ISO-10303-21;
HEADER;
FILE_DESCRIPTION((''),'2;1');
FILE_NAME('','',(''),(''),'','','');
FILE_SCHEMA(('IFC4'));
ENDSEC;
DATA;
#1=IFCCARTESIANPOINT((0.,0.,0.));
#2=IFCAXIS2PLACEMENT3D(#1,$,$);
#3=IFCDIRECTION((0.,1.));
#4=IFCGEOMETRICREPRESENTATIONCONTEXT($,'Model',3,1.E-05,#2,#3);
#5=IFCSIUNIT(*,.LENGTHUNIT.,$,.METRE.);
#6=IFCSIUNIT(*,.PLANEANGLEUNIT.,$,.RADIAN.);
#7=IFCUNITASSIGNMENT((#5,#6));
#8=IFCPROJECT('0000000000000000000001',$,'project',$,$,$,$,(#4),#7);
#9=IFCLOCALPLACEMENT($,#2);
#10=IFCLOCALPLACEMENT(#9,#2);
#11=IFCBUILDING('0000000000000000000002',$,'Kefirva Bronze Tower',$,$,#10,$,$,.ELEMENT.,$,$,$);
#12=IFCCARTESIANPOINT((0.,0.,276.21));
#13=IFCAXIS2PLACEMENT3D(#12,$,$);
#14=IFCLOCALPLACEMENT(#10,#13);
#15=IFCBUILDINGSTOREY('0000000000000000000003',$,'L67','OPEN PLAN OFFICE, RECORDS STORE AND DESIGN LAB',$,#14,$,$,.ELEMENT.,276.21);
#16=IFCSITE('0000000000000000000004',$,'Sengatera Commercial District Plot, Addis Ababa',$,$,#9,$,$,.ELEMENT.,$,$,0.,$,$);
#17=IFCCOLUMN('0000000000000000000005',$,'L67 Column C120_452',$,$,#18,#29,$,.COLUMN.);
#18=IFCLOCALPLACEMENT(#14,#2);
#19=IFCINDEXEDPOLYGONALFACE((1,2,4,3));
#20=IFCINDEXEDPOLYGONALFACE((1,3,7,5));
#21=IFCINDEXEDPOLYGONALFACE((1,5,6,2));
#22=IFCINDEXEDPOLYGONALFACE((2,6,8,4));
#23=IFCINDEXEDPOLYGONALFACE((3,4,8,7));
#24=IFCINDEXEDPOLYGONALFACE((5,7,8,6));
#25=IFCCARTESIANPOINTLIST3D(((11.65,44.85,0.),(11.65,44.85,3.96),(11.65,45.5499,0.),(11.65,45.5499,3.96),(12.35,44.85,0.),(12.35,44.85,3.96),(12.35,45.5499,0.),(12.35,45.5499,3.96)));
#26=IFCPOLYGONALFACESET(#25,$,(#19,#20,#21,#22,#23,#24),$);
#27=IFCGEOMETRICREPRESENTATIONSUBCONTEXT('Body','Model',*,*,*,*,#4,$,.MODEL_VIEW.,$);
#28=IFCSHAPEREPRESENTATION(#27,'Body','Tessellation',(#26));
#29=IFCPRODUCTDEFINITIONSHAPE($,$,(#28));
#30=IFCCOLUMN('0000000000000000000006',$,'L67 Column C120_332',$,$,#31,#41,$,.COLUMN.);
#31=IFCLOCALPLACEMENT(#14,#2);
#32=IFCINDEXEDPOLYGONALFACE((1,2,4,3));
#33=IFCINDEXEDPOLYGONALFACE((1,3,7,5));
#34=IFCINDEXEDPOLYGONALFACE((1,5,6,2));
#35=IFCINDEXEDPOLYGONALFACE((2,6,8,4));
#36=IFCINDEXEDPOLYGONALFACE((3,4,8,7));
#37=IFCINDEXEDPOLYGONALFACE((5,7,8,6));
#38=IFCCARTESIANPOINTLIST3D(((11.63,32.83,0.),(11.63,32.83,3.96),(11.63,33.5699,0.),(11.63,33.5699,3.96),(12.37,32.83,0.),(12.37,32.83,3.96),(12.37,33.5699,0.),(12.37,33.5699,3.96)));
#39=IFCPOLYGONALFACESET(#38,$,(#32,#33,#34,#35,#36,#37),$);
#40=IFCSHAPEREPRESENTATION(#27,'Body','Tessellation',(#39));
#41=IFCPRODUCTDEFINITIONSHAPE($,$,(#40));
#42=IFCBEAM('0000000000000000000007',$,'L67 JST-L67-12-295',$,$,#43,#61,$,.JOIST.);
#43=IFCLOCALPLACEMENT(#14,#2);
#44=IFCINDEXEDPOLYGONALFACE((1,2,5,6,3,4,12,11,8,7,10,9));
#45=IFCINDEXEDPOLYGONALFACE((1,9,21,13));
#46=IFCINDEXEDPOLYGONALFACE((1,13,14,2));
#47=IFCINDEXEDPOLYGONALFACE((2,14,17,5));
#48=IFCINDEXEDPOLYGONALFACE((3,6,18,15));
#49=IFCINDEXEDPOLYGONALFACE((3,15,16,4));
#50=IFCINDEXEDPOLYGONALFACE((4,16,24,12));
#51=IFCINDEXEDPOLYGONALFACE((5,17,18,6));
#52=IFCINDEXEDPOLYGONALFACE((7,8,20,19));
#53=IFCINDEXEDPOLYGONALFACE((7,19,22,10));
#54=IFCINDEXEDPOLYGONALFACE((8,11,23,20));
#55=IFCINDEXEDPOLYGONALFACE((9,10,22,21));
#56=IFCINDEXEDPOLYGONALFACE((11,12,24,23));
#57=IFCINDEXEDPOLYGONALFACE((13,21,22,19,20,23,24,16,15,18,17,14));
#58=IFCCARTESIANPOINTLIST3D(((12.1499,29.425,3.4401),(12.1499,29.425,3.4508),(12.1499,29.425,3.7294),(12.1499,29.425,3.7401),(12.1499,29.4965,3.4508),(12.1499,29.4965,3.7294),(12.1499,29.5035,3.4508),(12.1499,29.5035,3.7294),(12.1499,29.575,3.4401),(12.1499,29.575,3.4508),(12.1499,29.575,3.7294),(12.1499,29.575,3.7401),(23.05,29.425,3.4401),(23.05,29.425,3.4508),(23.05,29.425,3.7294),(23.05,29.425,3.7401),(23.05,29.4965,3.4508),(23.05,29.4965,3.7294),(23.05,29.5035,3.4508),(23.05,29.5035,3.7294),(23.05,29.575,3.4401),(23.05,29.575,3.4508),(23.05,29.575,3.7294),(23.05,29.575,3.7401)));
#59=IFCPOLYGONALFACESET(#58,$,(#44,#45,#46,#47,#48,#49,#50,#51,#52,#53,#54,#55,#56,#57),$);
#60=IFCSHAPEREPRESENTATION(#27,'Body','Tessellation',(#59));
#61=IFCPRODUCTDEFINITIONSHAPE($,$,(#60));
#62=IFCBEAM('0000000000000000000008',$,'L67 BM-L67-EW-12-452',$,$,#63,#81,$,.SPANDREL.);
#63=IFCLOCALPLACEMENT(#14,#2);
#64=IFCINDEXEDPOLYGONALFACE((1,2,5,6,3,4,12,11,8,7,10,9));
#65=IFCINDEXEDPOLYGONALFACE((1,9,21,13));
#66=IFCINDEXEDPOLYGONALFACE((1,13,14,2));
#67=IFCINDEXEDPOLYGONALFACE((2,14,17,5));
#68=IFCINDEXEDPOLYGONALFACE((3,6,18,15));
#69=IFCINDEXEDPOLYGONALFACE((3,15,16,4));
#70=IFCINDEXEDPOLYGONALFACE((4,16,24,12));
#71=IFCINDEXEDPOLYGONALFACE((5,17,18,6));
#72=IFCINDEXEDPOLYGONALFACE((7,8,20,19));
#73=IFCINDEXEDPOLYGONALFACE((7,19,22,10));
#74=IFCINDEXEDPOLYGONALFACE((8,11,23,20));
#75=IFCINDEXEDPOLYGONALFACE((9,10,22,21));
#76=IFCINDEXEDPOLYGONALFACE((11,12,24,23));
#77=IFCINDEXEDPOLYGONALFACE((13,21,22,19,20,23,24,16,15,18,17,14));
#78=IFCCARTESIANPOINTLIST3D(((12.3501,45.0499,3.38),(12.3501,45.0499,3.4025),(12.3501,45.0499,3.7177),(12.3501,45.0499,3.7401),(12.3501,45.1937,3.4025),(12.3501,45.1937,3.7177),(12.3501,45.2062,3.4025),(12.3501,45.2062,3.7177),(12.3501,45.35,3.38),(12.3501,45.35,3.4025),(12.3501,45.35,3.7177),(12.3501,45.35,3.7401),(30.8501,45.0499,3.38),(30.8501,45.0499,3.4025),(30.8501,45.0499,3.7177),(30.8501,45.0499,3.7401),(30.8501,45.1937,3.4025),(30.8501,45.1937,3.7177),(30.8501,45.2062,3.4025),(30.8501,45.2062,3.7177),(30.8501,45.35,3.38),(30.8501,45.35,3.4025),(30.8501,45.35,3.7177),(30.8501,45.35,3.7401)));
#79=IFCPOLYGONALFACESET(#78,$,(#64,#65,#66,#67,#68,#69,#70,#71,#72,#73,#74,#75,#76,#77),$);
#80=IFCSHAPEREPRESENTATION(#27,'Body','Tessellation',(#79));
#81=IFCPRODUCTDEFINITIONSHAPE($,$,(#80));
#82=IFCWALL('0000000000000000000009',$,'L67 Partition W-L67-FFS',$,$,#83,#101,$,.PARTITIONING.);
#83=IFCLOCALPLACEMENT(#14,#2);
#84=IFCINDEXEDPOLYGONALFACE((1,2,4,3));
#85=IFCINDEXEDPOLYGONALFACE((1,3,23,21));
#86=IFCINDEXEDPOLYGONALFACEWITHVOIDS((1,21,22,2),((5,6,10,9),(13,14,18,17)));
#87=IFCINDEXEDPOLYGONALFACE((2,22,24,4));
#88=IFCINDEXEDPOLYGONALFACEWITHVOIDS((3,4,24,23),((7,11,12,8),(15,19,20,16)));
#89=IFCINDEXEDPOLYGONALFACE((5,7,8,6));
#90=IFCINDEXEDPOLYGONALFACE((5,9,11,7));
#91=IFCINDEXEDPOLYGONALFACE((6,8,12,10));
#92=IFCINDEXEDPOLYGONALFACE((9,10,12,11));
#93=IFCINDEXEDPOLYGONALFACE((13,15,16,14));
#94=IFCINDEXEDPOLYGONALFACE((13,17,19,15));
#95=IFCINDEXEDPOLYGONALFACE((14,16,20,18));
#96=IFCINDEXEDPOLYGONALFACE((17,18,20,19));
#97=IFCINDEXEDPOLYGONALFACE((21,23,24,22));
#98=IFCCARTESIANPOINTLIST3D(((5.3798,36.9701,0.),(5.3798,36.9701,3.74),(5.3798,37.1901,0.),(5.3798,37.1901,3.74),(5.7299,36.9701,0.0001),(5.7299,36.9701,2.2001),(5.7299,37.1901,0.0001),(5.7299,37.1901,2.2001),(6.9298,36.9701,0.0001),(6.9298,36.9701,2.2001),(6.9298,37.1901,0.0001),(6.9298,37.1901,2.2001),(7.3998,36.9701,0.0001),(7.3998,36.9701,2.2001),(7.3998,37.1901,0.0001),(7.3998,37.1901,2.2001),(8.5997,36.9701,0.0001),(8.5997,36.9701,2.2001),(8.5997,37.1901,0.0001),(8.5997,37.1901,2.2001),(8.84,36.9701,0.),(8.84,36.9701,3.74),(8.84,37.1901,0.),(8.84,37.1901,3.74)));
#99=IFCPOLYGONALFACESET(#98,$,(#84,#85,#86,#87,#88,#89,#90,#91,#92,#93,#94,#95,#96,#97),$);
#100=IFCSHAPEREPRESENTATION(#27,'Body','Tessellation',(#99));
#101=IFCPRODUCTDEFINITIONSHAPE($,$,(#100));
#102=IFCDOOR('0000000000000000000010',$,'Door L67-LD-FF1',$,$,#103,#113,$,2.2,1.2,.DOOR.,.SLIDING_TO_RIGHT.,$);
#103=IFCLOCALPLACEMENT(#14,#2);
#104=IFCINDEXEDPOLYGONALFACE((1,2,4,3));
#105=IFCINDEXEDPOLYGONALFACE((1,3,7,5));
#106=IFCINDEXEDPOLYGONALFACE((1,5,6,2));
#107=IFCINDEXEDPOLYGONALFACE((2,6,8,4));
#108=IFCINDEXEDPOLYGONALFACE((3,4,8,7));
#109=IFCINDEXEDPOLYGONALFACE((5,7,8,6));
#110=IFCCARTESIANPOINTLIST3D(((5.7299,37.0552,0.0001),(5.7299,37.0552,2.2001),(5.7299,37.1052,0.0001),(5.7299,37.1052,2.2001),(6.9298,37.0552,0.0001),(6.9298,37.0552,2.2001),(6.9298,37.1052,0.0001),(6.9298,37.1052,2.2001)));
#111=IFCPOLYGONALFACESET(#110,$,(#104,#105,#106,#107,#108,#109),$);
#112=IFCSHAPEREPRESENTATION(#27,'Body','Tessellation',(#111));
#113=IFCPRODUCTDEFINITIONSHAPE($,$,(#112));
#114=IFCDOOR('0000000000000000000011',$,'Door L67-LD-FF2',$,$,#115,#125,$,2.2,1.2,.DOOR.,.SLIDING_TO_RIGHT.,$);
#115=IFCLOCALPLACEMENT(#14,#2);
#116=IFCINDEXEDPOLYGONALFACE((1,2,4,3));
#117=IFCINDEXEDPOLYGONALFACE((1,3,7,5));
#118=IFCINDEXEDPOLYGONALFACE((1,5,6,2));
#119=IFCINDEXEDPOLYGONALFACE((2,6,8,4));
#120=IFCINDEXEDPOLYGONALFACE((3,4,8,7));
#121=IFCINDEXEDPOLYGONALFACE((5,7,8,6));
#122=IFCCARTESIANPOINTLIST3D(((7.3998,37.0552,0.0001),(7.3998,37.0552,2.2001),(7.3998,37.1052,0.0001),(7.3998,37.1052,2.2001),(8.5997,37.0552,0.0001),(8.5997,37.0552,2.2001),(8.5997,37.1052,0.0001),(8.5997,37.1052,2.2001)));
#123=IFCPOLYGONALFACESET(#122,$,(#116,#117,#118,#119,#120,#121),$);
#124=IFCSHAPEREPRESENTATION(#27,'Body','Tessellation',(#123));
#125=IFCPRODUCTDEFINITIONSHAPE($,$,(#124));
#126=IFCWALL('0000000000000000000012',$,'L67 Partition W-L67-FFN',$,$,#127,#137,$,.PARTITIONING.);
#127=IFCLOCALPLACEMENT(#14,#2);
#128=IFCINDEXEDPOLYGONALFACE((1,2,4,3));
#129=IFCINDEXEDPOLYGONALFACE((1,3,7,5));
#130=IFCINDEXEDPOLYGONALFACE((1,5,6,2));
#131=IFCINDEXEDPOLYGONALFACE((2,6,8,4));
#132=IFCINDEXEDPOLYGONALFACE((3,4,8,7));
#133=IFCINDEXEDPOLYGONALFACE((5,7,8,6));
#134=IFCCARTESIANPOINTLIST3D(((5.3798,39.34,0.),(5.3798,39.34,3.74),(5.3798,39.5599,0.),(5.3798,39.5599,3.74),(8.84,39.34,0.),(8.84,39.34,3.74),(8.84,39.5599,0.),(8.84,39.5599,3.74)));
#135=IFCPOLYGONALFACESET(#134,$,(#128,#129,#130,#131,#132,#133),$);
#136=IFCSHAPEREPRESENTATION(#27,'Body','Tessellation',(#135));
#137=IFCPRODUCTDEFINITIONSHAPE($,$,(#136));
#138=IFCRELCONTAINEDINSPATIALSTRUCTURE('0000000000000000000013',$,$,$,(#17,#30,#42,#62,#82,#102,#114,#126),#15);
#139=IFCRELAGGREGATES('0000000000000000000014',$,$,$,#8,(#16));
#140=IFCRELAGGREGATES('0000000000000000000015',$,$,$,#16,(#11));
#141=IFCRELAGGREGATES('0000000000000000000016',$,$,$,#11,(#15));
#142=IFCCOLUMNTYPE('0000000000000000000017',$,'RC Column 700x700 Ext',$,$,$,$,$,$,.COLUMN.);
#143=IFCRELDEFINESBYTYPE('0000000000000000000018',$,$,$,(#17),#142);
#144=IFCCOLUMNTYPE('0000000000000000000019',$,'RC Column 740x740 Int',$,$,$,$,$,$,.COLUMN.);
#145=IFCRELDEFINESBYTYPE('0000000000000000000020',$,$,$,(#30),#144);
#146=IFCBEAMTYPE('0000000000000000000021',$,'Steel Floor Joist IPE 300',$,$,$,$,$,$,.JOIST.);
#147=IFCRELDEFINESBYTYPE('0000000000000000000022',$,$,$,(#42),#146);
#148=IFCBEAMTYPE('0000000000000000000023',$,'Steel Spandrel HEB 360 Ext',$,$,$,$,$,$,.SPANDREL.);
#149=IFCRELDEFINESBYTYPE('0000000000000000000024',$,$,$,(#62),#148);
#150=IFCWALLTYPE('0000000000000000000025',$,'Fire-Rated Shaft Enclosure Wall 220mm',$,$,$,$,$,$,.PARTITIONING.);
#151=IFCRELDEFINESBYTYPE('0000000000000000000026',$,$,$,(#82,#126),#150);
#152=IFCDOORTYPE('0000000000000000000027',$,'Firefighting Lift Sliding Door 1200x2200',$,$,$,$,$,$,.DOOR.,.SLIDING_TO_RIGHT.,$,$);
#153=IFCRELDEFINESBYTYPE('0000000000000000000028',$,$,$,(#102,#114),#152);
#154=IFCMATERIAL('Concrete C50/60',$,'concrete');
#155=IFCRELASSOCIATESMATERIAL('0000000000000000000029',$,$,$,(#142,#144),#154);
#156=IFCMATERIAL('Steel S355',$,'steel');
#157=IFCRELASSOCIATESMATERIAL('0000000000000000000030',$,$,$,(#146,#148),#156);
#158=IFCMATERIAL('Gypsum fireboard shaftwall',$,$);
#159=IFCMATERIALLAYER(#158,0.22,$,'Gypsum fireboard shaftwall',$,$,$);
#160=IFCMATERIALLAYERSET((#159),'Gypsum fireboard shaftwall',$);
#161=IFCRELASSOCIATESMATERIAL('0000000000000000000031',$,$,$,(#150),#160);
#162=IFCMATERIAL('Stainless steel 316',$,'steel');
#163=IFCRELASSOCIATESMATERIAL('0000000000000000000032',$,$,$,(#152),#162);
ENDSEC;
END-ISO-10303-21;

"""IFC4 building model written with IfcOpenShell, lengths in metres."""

from ifc_helpers import new_model, si_unit, direction, frame, frame_2d, origin, origin_2d, place, context, subcontext, project, spatial, rectangle, i_section, extrude, material, layer, layer_set, material_profile, profile_set, type_object, element, fill, save


model = new_model("IFC4")

# Units and contexts
model_context = context("Model", 3, precision=1e-05, world=origin(), true_north=direction((0.0, 1.0)))
body_context = subcontext(model_context, "Body", "Model", "MODEL_VIEW")
ifc_project = project(units=[si_unit("LENGTHUNIT", "METRE"), si_unit("PLANEANGLEUNIT", "RADIAN")], contexts=[model_context])

# Site, building, storey
site_placement = place(None, origin())
site = spatial("IfcSite", under=ifc_project, at=site_placement, Name="Sengatera Commercial District Plot, Addis Ababa", CompositionType="ELEMENT", RefElevation=0.0)
building_placement = place(site_placement, origin())
building = spatial("IfcBuilding", under=site, at=building_placement, Name="Kefirva Bronze Tower", CompositionType="ELEMENT")
storey_placement = place(building_placement, frame((0.0, 0.0, 276.21)))
storey = spatial("IfcBuildingStorey", under=building, at=storey_placement, Name="L67", Description="OPEN PLAN OFFICE, RECORDS STORE AND DESIGN LAB", CompositionType="ELEMENT", Elevation=276.21)

# Columns
ifc_material_1 = material(Name="Concrete C50/60", Category="concrete")
ifc_material_profile_1 = material_profile(ifc_material_1, rectangle(XDim=0.7, YDim=0.7, at=origin_2d()), Name="RC 700x700")
ifc_profile_set_1 = profile_set([ifc_material_profile_1], Name="Concrete C50/60")
column_type_1 = type_object("IfcColumnType", Name="RC Column 700x700 Ext", PredefinedType="COLUMN", material=ifc_profile_set_1)
column_1_placement = place(storey_placement, frame((12.0, 45.2, 0.0), z_axis=(0.0, 0.0, 1.0), x_axis=(1.0, 0.0, 0.0)))
element("IfcColumn", 1, at=column_1_placement, inside=storey, type_object=column_type_1, Name="L67 Column C120_452", PredefinedType="COLUMN", context=body_context, shape_type="SweptSolid", body=[
    extrude(rectangle(XDim=0.7, YDim=0.7, at=origin_2d()), origin(), (0.0, 0.0, 1.0), 3.96),
])
ifc_material_profile_2 = material_profile(ifc_material_1, rectangle(XDim=0.74, YDim=0.74, at=origin_2d()), Name="RC 740x740")
ifc_profile_set_2 = profile_set([ifc_material_profile_2], Name="Concrete C50/60")
column_type_2 = type_object("IfcColumnType", Name="RC Column 740x740 Int", PredefinedType="COLUMN", material=ifc_profile_set_2)
column_2_placement = place(storey_placement, frame((12.0, 33.2, 0.0), z_axis=(0.0, 0.0, 1.0), x_axis=(1.0, 0.0, 0.0)))
element("IfcColumn", 2, at=column_2_placement, inside=storey, type_object=column_type_2, Name="L67 Column C120_332", PredefinedType="COLUMN", context=body_context, shape_type="SweptSolid", body=[
    extrude(rectangle(XDim=0.74, YDim=0.74, at=origin_2d()), origin(), (0.0, 0.0, 1.0), 3.96),
])

# Beams
ifc_material_2 = material(Name="Steel S355", Category="steel")
ifc_material_profile_3 = material_profile(ifc_material_2, i_section(OverallWidth=0.1499, OverallDepth=0.3, WebThickness=0.0071, FlangeThickness=0.0107, at=origin_2d()), Name="IPE 300")
ifc_profile_set_3 = profile_set([ifc_material_profile_3], Name="Steel S355")
beam_type_1 = type_object("IfcBeamType", Name="Steel Floor Joist IPE 300", PredefinedType="JOIST", material=ifc_profile_set_3)
beam_1_placement = place(storey_placement, frame((12.1499, 29.5, 3.5901), z_axis=(1.0, 0.0, 0.0), x_axis=(0.0, 1.0, 0.0)))
element("IfcBeam", 3, at=beam_1_placement, inside=storey, type_object=beam_type_1, Name="L67 JST-L67-12-295", PredefinedType="JOIST", context=body_context, shape_type="SweptSolid", body=[
    extrude(i_section(OverallWidth=0.1499, OverallDepth=0.3, WebThickness=0.0071, FlangeThickness=0.0107, at=origin_2d()), origin(), (0.0, 0.0, 1.0), 10.9001),
])
ifc_material_profile_4 = material_profile(ifc_material_2, i_section(OverallWidth=0.3, OverallDepth=0.3601, WebThickness=0.0125, FlangeThickness=0.0225, at=origin_2d()), Name="HEB 360")
ifc_profile_set_4 = profile_set([ifc_material_profile_4], Name="Steel S355")
beam_type_2 = type_object("IfcBeamType", Name="Steel Spandrel HEB 360 Ext", PredefinedType="SPANDREL", material=ifc_profile_set_4)
beam_2_placement = place(storey_placement, frame((12.3501, 45.2, 3.5601), z_axis=(1.0, 0.0, 0.0), x_axis=(0.0, 1.0, 0.0)))
element("IfcBeam", 4, at=beam_2_placement, inside=storey, type_object=beam_type_2, Name="L67 BM-L67-EW-12-452", PredefinedType="SPANDREL", context=body_context, shape_type="SweptSolid", body=[
    extrude(i_section(OverallWidth=0.3, OverallDepth=0.3601, WebThickness=0.0125, FlangeThickness=0.0225, at=origin_2d()), origin(), (0.0, 0.0, 1.0), 18.5),
])

# Wall, openings, doors
ifc_material_3 = material(Name="Gypsum fireboard shaftwall")
ifc_layer_1 = layer(ifc_material_3, 0.22, Name="Gypsum fireboard shaftwall")
ifc_layer_set_1 = layer_set([ifc_layer_1], Name="Gypsum fireboard shaftwall")
wall_type_1 = type_object("IfcWallType", Name="Fire-Rated Shaft Enclosure Wall 220mm", PredefinedType="PARTITIONING", material=ifc_layer_set_1)
wall_1_placement = place(storey_placement, frame((5.3799, 37.0801, 0.0), z_axis=(0.0, 0.0, 1.0), x_axis=(1.0, 0.0, 0.0)))
wall_1 = element("IfcWall", 5, at=wall_1_placement, inside=storey, type_object=wall_type_1, Name="L67 Partition W-L67-FFS", PredefinedType="PARTITIONING", context=body_context, shape_type="SweptSolid", body=[
    extrude(rectangle(XDim=3.4602, YDim=0.22, at=frame_2d((1.73, 0.0))), origin(), (0.0, 0.0, 1.0), 3.74),
])
opening_1_placement = place(wall_1_placement, frame((1.55, 0.0, 0.0), z_axis=(0.0, 0.0, 1.0), x_axis=(-1.0, 0.0, 0.0)))
opening_1 = element("IfcOpeningElement", 6, at=opening_1_placement, cuts=wall_1, PredefinedType="OPENING", context=body_context, shape_type="SweptSolid", body=[
    extrude(rectangle(XDim=1.2, YDim=2.2, at=frame_2d((0.6001, 1.1001))), frame((0.0, 0.1201, 0.0), z_axis=(0.0, -1.0, 0.0), x_axis=(1.0, 0.0, 0.0)), (0.0, 0.0, 1.0), 0.24),
])
opening_2_placement = place(wall_1_placement, frame((3.22, 0.0, 0.0), z_axis=(0.0, 0.0, 1.0), x_axis=(-1.0, 0.0, 0.0)))
opening_2 = element("IfcOpeningElement", 7, at=opening_2_placement, cuts=wall_1, PredefinedType="OPENING", context=body_context, shape_type="SweptSolid", body=[
    extrude(rectangle(XDim=1.2, YDim=2.2, at=frame_2d((0.6001, 1.1001))), frame((0.0, 0.1201, 0.0), z_axis=(0.0, -1.0, 0.0), x_axis=(1.0, 0.0, 0.0)), (0.0, 0.0, 1.0), 0.24),
])
ifc_material_4 = material(Name="Stainless steel 316", Category="steel")
door_type_1 = type_object("IfcDoorType", Name="Firefighting Lift Sliding Door 1200x2200", OperationType="SLIDING_TO_RIGHT", PredefinedType="DOOR", material=ifc_material_4)
door_1_placement = place(opening_1_placement, origin())
door_1 = element("IfcDoor", 8, at=door_1_placement, inside=storey, type_object=door_type_1, Name="Door L67-LD-FF1", OperationType="SLIDING_TO_RIGHT", OverallHeight=2.2, OverallWidth=1.2, PredefinedType="DOOR", context=body_context, shape_type="SweptSolid", body=[
    extrude(rectangle(XDim=1.2, YDim=2.2, at=frame_2d((0.6001, 1.1001))), frame((0.0, 0.0249, 0.0), z_axis=(0.0, -1.0, 0.0), x_axis=(1.0, 0.0, 0.0)), (0.0, 0.0, 1.0), 0.05),
])
fill(opening_1, door_1)
door_2_placement = place(opening_2_placement, origin())
door_2 = element("IfcDoor", 9, at=door_2_placement, inside=storey, type_object=door_type_1, Name="Door L67-LD-FF2", OperationType="SLIDING_TO_RIGHT", OverallHeight=2.2, OverallWidth=1.2, PredefinedType="DOOR", context=body_context, shape_type="SweptSolid", body=[
    extrude(rectangle(XDim=1.2, YDim=2.2, at=frame_2d((0.6001, 1.1001))), frame((0.0, 0.0249, 0.0), z_axis=(0.0, -1.0, 0.0), x_axis=(1.0, 0.0, 0.0)), (0.0, 0.0, 1.0), 0.05),
])
fill(opening_2, door_2)

# Wall
wall_2_placement = place(storey_placement, frame((5.3799, 39.45, 0.0), z_axis=(0.0, 0.0, 1.0), x_axis=(1.0, 0.0, 0.0)))
element("IfcWall", 10, at=wall_2_placement, inside=storey, type_object=wall_type_1, Name="L67 Partition W-L67-FFN", PredefinedType="PARTITIONING", context=body_context, shape_type="SweptSolid", body=[
    extrude(rectangle(XDim=3.4602, YDim=0.22, at=frame_2d((1.73, 0.0))), origin(), (0.0, 0.0, 1.0), 3.74),
])

save(model, "model.ifc")
